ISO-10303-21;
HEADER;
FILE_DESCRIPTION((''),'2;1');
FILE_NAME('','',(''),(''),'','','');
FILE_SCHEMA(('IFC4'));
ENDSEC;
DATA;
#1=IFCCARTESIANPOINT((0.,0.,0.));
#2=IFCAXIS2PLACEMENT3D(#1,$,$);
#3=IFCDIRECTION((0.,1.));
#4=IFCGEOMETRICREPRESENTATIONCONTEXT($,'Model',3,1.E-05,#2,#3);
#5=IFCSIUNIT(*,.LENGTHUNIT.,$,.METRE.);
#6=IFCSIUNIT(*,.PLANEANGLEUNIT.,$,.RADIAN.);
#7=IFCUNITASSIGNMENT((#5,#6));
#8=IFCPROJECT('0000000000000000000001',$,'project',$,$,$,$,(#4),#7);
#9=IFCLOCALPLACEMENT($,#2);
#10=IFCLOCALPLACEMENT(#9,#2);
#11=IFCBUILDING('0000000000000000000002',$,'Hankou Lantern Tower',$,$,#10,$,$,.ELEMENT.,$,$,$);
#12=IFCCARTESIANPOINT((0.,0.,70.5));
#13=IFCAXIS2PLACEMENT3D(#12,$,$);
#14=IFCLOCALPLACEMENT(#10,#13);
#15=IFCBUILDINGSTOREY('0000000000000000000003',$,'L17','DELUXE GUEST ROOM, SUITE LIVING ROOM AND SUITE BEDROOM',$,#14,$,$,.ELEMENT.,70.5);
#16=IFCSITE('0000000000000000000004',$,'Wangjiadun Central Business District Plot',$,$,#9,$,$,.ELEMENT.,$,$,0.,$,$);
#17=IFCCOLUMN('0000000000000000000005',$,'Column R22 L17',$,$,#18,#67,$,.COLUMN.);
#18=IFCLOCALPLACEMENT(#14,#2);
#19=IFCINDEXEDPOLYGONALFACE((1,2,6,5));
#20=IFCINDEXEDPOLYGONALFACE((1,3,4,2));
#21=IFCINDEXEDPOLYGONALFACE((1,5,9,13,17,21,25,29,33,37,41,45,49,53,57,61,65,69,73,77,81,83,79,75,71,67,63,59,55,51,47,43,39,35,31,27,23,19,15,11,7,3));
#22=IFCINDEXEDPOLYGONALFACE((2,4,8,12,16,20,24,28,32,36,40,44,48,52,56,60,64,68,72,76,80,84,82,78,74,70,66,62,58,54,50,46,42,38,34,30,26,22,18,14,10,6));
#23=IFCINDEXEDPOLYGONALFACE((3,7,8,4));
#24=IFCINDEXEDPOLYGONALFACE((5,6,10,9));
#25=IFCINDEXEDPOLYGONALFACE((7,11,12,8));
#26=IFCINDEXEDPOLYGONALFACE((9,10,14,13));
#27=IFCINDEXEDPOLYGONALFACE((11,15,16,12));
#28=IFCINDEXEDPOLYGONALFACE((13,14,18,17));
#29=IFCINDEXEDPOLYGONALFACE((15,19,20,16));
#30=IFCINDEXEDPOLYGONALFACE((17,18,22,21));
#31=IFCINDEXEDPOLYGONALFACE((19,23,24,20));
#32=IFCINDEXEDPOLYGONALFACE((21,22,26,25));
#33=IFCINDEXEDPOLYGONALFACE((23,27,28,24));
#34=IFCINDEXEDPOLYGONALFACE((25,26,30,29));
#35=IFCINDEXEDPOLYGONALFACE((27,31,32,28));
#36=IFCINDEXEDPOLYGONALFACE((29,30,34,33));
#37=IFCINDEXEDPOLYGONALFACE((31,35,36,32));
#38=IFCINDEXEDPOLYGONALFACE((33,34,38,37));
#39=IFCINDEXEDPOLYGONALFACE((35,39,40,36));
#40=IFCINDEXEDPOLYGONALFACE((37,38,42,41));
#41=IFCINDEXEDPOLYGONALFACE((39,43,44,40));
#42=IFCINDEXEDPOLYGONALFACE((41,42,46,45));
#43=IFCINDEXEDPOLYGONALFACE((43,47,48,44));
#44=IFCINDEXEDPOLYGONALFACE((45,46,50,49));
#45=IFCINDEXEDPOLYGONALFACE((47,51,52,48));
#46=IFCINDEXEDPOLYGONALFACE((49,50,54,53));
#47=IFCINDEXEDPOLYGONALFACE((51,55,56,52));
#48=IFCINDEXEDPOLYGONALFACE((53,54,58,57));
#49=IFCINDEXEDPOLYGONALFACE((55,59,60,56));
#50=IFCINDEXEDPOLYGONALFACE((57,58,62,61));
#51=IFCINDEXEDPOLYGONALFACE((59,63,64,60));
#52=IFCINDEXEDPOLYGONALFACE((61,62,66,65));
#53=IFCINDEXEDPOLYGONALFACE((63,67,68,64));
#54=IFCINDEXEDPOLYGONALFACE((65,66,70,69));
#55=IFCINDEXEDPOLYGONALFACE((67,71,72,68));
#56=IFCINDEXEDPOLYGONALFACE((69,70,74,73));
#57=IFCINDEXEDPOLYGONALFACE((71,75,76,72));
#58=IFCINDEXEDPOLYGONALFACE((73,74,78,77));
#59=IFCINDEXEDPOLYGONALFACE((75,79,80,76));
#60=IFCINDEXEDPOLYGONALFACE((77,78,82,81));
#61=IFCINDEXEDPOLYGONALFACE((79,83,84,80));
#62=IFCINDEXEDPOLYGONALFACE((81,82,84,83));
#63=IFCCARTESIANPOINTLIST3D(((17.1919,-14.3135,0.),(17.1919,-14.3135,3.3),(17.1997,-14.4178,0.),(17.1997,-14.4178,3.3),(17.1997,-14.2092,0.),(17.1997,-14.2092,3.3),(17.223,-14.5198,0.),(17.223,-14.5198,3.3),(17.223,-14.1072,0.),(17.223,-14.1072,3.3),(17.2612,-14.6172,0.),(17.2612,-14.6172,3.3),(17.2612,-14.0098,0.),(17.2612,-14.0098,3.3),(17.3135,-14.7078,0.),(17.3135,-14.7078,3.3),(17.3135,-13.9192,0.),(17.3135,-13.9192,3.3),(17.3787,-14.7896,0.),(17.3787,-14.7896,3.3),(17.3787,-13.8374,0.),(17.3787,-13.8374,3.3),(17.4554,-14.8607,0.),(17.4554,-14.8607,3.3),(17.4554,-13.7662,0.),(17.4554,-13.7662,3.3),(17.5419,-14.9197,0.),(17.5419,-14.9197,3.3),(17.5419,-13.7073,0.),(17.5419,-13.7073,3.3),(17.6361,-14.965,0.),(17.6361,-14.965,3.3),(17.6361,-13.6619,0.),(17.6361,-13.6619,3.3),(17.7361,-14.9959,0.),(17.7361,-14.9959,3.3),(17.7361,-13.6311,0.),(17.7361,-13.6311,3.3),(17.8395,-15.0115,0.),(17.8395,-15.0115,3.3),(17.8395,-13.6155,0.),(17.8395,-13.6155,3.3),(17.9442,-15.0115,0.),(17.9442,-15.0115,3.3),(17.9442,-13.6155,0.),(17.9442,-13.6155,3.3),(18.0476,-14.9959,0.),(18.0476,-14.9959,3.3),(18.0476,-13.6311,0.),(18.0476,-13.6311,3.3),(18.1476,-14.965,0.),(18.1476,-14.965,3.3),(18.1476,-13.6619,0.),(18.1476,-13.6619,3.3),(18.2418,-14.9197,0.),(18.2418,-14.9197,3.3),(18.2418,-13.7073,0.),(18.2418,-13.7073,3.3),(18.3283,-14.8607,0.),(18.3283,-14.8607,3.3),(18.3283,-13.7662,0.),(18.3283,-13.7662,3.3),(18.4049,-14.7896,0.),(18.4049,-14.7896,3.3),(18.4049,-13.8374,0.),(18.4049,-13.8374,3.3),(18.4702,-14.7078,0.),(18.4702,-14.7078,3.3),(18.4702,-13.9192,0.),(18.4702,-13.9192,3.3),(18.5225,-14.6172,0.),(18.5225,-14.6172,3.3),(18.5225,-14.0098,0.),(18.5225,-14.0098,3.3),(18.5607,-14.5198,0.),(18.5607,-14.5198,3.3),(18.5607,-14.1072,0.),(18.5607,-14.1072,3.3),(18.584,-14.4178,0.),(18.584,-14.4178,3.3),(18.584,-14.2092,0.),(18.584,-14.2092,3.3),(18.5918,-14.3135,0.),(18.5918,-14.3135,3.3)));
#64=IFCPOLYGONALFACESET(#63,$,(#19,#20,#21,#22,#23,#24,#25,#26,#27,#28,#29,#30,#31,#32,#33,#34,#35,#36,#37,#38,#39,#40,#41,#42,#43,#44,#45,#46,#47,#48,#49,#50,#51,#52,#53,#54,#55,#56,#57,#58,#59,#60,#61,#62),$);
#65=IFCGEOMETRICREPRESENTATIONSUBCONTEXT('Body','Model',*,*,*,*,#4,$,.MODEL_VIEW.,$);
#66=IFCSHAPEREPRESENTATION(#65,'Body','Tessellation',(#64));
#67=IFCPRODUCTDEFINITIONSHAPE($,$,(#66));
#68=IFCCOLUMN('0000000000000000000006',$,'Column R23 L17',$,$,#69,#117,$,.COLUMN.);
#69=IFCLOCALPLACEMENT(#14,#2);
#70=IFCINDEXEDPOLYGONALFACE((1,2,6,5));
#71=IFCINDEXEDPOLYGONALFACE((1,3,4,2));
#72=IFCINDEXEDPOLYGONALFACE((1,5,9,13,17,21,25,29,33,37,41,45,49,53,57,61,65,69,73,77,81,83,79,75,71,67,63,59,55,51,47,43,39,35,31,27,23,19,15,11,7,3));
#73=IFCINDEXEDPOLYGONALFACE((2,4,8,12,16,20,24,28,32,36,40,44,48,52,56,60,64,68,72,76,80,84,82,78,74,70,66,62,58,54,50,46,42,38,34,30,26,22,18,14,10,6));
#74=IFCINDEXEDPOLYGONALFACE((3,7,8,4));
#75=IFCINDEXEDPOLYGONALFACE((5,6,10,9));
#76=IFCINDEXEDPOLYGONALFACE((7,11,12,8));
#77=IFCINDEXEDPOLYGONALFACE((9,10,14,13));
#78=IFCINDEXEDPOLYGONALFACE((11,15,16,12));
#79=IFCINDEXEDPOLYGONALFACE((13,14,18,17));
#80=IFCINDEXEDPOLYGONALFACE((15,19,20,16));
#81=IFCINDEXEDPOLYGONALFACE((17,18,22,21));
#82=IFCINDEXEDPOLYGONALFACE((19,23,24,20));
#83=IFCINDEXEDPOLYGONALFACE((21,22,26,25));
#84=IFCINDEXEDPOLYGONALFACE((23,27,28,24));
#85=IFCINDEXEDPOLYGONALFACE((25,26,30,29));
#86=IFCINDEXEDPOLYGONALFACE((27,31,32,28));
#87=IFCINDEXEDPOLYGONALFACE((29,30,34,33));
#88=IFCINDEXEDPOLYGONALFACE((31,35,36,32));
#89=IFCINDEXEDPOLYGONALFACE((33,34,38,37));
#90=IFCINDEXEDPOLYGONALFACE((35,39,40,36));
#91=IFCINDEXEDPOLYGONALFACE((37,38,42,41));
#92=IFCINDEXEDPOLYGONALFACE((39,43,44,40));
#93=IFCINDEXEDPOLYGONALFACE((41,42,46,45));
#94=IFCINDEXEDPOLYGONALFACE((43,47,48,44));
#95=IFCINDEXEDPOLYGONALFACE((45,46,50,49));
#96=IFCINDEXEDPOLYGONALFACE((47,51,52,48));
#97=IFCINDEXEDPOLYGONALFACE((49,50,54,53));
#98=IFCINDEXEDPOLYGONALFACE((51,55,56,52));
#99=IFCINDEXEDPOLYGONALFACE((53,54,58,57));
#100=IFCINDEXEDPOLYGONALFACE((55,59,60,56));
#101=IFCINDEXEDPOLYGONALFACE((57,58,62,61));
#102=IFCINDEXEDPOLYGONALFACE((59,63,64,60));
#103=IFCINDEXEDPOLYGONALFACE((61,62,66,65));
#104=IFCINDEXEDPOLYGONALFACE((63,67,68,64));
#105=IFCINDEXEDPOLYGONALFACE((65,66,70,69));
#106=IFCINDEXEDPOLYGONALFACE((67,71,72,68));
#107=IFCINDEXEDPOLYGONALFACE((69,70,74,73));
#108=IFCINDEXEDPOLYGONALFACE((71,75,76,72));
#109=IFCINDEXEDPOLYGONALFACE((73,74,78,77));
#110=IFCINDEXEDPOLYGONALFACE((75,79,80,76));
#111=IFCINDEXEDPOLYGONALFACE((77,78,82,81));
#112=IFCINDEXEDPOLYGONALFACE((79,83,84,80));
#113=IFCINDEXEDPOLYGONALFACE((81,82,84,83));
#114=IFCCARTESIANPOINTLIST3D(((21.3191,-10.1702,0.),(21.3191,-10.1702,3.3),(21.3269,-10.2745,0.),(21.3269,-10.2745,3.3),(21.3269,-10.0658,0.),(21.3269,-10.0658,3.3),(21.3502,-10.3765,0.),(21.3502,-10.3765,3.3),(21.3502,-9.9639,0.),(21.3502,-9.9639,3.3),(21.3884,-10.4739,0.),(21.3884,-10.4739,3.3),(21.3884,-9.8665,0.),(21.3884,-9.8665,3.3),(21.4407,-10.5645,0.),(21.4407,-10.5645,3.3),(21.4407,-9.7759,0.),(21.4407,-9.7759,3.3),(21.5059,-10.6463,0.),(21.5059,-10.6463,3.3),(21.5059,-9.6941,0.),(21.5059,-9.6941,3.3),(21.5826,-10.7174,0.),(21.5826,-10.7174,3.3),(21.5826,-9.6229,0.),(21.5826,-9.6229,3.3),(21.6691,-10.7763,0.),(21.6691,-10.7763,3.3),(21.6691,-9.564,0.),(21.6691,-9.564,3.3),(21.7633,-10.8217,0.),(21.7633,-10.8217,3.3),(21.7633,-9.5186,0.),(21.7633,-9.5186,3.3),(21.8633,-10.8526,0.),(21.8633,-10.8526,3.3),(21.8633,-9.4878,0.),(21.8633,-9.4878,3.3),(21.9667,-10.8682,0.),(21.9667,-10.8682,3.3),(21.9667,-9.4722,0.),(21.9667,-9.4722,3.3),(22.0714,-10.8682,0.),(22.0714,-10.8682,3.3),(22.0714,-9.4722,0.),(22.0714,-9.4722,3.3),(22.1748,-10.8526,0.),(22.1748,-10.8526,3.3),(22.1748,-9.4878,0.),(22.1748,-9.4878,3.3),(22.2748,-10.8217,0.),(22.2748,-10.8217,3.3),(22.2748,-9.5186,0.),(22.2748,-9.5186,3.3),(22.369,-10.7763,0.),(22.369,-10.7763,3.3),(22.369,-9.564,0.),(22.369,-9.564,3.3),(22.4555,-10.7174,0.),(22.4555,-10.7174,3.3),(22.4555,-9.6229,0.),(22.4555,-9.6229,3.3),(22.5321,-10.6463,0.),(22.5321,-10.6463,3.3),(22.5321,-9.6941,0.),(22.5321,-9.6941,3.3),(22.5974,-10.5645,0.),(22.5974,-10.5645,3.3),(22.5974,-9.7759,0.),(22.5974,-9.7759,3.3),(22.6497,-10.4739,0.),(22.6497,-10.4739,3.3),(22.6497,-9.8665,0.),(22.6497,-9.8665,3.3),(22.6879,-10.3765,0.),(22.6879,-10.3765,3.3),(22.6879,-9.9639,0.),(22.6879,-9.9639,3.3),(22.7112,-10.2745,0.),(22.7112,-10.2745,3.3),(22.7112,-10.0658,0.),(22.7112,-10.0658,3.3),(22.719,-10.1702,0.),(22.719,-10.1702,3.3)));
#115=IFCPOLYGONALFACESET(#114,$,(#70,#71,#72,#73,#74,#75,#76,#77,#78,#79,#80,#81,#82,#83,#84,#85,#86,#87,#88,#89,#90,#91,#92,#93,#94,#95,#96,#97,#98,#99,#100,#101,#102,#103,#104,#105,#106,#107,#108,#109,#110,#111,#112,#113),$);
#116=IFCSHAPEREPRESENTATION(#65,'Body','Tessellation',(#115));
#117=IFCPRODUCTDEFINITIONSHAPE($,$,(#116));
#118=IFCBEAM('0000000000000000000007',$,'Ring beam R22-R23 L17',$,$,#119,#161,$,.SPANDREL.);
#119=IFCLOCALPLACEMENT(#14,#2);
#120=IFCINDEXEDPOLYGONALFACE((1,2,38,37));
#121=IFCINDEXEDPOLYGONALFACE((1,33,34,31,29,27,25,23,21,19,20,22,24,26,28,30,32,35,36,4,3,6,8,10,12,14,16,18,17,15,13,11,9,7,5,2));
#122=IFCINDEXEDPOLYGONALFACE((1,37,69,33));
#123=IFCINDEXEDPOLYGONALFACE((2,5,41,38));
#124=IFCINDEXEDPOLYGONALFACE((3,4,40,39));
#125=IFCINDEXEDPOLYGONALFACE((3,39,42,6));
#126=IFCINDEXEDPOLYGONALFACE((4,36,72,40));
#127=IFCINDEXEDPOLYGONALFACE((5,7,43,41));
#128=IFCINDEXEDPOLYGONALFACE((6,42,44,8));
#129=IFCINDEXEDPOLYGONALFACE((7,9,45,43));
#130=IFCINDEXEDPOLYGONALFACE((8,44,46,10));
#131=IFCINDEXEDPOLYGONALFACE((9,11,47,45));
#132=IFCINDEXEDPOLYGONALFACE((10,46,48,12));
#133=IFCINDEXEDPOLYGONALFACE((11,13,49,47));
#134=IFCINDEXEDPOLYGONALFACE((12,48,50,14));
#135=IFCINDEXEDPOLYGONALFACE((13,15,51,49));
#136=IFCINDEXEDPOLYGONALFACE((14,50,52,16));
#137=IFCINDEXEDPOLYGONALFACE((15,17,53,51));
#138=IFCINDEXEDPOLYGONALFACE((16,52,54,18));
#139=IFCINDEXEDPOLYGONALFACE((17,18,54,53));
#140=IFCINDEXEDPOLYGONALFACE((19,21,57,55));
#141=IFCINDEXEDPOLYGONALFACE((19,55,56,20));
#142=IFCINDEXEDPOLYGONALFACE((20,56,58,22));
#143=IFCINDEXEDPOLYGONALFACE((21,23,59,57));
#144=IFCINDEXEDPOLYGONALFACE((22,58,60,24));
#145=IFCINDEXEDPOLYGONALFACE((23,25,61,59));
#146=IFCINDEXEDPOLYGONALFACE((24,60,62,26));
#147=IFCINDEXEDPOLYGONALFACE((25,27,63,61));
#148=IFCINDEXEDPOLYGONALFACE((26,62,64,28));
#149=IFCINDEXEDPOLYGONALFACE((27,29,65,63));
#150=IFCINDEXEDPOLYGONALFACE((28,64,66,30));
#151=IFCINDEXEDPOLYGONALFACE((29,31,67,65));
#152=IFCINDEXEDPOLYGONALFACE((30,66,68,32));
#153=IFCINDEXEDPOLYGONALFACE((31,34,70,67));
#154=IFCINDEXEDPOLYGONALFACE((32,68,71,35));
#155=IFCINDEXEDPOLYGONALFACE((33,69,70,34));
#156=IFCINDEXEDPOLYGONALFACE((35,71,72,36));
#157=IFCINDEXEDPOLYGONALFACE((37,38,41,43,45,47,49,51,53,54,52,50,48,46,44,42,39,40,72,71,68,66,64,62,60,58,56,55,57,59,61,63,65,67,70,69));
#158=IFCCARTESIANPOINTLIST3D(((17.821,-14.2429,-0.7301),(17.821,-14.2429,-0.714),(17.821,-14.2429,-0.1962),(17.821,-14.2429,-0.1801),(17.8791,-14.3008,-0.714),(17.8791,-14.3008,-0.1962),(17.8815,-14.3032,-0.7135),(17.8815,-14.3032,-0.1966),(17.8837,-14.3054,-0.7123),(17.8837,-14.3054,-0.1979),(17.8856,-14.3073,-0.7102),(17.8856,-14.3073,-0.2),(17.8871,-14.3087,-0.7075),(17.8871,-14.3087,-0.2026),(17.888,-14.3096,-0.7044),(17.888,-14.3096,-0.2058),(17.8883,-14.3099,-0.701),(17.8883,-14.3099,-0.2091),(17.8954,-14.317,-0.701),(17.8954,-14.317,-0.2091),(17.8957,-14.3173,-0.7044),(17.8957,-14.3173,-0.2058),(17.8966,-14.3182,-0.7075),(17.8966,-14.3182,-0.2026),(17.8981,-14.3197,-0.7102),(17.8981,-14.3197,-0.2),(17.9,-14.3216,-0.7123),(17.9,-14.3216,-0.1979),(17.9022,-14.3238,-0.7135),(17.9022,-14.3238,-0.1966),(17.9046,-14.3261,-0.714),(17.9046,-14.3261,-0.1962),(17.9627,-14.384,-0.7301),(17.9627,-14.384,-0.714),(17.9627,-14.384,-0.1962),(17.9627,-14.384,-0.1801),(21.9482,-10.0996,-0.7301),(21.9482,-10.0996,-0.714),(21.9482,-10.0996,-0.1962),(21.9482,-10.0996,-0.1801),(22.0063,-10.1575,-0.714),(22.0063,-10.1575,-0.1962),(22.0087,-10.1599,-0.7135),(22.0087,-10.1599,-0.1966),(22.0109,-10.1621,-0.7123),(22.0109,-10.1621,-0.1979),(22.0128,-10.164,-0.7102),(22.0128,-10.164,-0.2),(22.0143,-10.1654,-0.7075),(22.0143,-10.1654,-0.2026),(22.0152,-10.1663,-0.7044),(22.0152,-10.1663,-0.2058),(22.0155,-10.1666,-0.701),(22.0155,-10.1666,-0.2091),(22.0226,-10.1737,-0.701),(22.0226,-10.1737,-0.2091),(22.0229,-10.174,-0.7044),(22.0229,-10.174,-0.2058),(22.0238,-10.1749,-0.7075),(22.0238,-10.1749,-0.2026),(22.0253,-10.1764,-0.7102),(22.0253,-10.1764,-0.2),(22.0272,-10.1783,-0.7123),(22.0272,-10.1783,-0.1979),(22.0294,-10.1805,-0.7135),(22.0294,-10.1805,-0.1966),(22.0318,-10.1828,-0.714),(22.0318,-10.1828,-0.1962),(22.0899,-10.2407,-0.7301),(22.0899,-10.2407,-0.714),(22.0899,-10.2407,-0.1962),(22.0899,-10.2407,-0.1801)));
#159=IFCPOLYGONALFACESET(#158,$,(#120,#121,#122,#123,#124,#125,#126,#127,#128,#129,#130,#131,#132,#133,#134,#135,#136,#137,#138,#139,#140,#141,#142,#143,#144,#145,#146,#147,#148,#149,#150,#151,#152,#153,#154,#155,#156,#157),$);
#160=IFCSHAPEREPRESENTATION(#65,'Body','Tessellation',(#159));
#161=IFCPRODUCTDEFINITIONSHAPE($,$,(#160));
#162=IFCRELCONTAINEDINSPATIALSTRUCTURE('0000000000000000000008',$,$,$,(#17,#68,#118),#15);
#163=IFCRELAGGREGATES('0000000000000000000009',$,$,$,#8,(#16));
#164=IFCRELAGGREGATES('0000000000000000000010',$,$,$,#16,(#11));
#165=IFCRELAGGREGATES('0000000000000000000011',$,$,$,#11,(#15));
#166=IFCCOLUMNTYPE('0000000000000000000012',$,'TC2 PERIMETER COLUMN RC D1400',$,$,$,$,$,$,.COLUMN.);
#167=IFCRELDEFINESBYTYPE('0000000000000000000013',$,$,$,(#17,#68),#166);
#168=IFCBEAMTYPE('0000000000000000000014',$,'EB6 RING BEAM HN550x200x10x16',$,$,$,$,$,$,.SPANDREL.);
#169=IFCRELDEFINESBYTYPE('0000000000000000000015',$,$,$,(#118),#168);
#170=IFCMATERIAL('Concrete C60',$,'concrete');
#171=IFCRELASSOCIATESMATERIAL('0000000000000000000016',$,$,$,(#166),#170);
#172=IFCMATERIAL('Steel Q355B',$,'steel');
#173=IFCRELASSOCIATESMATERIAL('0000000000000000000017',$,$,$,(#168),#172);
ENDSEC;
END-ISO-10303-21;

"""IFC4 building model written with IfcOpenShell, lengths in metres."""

from ifc_helpers import new_model, si_unit, direction, frame, origin, origin_2d, place, context, subcontext, project, spatial, circle, i_section, extrude, material, material_profile, profile_set, type_object, element, save


model = new_model("IFC4")

# Units and contexts
model_context = context("Model", 3, precision=1e-05, world=origin(), true_north=direction((0.0, 1.0)))
body_context = subcontext(model_context, "Body", "Model", "MODEL_VIEW")
ifc_project = project(units=[si_unit("LENGTHUNIT", "METRE"), si_unit("PLANEANGLEUNIT", "RADIAN")], contexts=[model_context])

# Site, building, storey
site_placement = place(None, origin())
site = spatial("IfcSite", under=ifc_project, at=site_placement, Name="Wangjiadun Central Business District Plot", CompositionType="ELEMENT", RefElevation=0.0)
building_placement = place(site_placement, origin())
building = spatial("IfcBuilding", under=site, at=building_placement, Name="Hankou Lantern Tower", CompositionType="ELEMENT")
storey_placement = place(building_placement, frame((0.0, 0.0, 70.5)))
storey = spatial("IfcBuildingStorey", under=building, at=storey_placement, Name="L17", Description="DELUXE GUEST ROOM, SUITE LIVING ROOM AND SUITE BEDROOM", CompositionType="ELEMENT", Elevation=70.5)

# Columns
ifc_material_1 = material(Name="Concrete C60", Category="concrete")
ifc_material_profile_1 = material_profile(ifc_material_1, circle(Radius=0.7, at=origin_2d()), Name="RC D1400")
ifc_profile_set_1 = profile_set([ifc_material_profile_1], Name="Concrete C60")
column_type = type_object("IfcColumnType", Name="TC2 PERIMETER COLUMN RC D1400", PredefinedType="COLUMN", material=ifc_profile_set_1)
for number, where, z_axis, x_axis, name in (
    (1, (17.8918, -14.3135, 0.0), (0.0, 0.0, 1.0), (1.0, 0.0, 0.0), "Column R22 L17"),
    (2, (22.019, -10.1702, 0.0), (0.0, 0.0, 1.0), (1.0, 0.0, 0.0), "Column R23 L17"),
):
    element("IfcColumn", number, at=place(storey_placement, frame(where, z_axis=z_axis, x_axis=x_axis)), inside=storey, type_object=column_type, Name=name, PredefinedType="COLUMN", context=body_context, shape_type="SweptSolid", body=[
        extrude(circle(Radius=0.7, at=origin_2d()), origin(), (0.0, 0.0, 1.0), 3.3),
    ])

# Beam
ifc_material_2 = material(Name="Steel Q355B", Category="steel")
ifc_material_profile_2 = material_profile(ifc_material_2, i_section(OverallWidth=0.2, OverallDepth=0.55, WebThickness=0.01, FlangeThickness=0.0161, FilletRadius=0.0129, at=origin_2d()), Name="HN550x200x10x16")
ifc_profile_set_2 = profile_set([ifc_material_profile_2], Name="Steel Q355B")
beam_type = type_object("IfcBeamType", Name="EB6 RING BEAM HN550x200x10x16", PredefinedType="SPANDREL", material=ifc_profile_set_2)
beam_1_placement = place(storey_placement, frame((17.8918, -14.3135, -0.4551), z_axis=(0.705728, 0.708483, 0.0), x_axis=(-0.708483, 0.705728, 0.0)))
element("IfcBeam", 3, at=beam_1_placement, inside=storey, type_object=beam_type, Name="Ring beam R22-R23 L17", PredefinedType="SPANDREL", context=body_context, shape_type="SweptSolid", body=[
    extrude(i_section(OverallWidth=0.2, OverallDepth=0.55, WebThickness=0.01, FlangeThickness=0.0161, FilletRadius=0.0129, at=origin_2d()), origin(), (0.0, 0.0, 1.0), 5.8481),
])

save(model, "model.ifc")
